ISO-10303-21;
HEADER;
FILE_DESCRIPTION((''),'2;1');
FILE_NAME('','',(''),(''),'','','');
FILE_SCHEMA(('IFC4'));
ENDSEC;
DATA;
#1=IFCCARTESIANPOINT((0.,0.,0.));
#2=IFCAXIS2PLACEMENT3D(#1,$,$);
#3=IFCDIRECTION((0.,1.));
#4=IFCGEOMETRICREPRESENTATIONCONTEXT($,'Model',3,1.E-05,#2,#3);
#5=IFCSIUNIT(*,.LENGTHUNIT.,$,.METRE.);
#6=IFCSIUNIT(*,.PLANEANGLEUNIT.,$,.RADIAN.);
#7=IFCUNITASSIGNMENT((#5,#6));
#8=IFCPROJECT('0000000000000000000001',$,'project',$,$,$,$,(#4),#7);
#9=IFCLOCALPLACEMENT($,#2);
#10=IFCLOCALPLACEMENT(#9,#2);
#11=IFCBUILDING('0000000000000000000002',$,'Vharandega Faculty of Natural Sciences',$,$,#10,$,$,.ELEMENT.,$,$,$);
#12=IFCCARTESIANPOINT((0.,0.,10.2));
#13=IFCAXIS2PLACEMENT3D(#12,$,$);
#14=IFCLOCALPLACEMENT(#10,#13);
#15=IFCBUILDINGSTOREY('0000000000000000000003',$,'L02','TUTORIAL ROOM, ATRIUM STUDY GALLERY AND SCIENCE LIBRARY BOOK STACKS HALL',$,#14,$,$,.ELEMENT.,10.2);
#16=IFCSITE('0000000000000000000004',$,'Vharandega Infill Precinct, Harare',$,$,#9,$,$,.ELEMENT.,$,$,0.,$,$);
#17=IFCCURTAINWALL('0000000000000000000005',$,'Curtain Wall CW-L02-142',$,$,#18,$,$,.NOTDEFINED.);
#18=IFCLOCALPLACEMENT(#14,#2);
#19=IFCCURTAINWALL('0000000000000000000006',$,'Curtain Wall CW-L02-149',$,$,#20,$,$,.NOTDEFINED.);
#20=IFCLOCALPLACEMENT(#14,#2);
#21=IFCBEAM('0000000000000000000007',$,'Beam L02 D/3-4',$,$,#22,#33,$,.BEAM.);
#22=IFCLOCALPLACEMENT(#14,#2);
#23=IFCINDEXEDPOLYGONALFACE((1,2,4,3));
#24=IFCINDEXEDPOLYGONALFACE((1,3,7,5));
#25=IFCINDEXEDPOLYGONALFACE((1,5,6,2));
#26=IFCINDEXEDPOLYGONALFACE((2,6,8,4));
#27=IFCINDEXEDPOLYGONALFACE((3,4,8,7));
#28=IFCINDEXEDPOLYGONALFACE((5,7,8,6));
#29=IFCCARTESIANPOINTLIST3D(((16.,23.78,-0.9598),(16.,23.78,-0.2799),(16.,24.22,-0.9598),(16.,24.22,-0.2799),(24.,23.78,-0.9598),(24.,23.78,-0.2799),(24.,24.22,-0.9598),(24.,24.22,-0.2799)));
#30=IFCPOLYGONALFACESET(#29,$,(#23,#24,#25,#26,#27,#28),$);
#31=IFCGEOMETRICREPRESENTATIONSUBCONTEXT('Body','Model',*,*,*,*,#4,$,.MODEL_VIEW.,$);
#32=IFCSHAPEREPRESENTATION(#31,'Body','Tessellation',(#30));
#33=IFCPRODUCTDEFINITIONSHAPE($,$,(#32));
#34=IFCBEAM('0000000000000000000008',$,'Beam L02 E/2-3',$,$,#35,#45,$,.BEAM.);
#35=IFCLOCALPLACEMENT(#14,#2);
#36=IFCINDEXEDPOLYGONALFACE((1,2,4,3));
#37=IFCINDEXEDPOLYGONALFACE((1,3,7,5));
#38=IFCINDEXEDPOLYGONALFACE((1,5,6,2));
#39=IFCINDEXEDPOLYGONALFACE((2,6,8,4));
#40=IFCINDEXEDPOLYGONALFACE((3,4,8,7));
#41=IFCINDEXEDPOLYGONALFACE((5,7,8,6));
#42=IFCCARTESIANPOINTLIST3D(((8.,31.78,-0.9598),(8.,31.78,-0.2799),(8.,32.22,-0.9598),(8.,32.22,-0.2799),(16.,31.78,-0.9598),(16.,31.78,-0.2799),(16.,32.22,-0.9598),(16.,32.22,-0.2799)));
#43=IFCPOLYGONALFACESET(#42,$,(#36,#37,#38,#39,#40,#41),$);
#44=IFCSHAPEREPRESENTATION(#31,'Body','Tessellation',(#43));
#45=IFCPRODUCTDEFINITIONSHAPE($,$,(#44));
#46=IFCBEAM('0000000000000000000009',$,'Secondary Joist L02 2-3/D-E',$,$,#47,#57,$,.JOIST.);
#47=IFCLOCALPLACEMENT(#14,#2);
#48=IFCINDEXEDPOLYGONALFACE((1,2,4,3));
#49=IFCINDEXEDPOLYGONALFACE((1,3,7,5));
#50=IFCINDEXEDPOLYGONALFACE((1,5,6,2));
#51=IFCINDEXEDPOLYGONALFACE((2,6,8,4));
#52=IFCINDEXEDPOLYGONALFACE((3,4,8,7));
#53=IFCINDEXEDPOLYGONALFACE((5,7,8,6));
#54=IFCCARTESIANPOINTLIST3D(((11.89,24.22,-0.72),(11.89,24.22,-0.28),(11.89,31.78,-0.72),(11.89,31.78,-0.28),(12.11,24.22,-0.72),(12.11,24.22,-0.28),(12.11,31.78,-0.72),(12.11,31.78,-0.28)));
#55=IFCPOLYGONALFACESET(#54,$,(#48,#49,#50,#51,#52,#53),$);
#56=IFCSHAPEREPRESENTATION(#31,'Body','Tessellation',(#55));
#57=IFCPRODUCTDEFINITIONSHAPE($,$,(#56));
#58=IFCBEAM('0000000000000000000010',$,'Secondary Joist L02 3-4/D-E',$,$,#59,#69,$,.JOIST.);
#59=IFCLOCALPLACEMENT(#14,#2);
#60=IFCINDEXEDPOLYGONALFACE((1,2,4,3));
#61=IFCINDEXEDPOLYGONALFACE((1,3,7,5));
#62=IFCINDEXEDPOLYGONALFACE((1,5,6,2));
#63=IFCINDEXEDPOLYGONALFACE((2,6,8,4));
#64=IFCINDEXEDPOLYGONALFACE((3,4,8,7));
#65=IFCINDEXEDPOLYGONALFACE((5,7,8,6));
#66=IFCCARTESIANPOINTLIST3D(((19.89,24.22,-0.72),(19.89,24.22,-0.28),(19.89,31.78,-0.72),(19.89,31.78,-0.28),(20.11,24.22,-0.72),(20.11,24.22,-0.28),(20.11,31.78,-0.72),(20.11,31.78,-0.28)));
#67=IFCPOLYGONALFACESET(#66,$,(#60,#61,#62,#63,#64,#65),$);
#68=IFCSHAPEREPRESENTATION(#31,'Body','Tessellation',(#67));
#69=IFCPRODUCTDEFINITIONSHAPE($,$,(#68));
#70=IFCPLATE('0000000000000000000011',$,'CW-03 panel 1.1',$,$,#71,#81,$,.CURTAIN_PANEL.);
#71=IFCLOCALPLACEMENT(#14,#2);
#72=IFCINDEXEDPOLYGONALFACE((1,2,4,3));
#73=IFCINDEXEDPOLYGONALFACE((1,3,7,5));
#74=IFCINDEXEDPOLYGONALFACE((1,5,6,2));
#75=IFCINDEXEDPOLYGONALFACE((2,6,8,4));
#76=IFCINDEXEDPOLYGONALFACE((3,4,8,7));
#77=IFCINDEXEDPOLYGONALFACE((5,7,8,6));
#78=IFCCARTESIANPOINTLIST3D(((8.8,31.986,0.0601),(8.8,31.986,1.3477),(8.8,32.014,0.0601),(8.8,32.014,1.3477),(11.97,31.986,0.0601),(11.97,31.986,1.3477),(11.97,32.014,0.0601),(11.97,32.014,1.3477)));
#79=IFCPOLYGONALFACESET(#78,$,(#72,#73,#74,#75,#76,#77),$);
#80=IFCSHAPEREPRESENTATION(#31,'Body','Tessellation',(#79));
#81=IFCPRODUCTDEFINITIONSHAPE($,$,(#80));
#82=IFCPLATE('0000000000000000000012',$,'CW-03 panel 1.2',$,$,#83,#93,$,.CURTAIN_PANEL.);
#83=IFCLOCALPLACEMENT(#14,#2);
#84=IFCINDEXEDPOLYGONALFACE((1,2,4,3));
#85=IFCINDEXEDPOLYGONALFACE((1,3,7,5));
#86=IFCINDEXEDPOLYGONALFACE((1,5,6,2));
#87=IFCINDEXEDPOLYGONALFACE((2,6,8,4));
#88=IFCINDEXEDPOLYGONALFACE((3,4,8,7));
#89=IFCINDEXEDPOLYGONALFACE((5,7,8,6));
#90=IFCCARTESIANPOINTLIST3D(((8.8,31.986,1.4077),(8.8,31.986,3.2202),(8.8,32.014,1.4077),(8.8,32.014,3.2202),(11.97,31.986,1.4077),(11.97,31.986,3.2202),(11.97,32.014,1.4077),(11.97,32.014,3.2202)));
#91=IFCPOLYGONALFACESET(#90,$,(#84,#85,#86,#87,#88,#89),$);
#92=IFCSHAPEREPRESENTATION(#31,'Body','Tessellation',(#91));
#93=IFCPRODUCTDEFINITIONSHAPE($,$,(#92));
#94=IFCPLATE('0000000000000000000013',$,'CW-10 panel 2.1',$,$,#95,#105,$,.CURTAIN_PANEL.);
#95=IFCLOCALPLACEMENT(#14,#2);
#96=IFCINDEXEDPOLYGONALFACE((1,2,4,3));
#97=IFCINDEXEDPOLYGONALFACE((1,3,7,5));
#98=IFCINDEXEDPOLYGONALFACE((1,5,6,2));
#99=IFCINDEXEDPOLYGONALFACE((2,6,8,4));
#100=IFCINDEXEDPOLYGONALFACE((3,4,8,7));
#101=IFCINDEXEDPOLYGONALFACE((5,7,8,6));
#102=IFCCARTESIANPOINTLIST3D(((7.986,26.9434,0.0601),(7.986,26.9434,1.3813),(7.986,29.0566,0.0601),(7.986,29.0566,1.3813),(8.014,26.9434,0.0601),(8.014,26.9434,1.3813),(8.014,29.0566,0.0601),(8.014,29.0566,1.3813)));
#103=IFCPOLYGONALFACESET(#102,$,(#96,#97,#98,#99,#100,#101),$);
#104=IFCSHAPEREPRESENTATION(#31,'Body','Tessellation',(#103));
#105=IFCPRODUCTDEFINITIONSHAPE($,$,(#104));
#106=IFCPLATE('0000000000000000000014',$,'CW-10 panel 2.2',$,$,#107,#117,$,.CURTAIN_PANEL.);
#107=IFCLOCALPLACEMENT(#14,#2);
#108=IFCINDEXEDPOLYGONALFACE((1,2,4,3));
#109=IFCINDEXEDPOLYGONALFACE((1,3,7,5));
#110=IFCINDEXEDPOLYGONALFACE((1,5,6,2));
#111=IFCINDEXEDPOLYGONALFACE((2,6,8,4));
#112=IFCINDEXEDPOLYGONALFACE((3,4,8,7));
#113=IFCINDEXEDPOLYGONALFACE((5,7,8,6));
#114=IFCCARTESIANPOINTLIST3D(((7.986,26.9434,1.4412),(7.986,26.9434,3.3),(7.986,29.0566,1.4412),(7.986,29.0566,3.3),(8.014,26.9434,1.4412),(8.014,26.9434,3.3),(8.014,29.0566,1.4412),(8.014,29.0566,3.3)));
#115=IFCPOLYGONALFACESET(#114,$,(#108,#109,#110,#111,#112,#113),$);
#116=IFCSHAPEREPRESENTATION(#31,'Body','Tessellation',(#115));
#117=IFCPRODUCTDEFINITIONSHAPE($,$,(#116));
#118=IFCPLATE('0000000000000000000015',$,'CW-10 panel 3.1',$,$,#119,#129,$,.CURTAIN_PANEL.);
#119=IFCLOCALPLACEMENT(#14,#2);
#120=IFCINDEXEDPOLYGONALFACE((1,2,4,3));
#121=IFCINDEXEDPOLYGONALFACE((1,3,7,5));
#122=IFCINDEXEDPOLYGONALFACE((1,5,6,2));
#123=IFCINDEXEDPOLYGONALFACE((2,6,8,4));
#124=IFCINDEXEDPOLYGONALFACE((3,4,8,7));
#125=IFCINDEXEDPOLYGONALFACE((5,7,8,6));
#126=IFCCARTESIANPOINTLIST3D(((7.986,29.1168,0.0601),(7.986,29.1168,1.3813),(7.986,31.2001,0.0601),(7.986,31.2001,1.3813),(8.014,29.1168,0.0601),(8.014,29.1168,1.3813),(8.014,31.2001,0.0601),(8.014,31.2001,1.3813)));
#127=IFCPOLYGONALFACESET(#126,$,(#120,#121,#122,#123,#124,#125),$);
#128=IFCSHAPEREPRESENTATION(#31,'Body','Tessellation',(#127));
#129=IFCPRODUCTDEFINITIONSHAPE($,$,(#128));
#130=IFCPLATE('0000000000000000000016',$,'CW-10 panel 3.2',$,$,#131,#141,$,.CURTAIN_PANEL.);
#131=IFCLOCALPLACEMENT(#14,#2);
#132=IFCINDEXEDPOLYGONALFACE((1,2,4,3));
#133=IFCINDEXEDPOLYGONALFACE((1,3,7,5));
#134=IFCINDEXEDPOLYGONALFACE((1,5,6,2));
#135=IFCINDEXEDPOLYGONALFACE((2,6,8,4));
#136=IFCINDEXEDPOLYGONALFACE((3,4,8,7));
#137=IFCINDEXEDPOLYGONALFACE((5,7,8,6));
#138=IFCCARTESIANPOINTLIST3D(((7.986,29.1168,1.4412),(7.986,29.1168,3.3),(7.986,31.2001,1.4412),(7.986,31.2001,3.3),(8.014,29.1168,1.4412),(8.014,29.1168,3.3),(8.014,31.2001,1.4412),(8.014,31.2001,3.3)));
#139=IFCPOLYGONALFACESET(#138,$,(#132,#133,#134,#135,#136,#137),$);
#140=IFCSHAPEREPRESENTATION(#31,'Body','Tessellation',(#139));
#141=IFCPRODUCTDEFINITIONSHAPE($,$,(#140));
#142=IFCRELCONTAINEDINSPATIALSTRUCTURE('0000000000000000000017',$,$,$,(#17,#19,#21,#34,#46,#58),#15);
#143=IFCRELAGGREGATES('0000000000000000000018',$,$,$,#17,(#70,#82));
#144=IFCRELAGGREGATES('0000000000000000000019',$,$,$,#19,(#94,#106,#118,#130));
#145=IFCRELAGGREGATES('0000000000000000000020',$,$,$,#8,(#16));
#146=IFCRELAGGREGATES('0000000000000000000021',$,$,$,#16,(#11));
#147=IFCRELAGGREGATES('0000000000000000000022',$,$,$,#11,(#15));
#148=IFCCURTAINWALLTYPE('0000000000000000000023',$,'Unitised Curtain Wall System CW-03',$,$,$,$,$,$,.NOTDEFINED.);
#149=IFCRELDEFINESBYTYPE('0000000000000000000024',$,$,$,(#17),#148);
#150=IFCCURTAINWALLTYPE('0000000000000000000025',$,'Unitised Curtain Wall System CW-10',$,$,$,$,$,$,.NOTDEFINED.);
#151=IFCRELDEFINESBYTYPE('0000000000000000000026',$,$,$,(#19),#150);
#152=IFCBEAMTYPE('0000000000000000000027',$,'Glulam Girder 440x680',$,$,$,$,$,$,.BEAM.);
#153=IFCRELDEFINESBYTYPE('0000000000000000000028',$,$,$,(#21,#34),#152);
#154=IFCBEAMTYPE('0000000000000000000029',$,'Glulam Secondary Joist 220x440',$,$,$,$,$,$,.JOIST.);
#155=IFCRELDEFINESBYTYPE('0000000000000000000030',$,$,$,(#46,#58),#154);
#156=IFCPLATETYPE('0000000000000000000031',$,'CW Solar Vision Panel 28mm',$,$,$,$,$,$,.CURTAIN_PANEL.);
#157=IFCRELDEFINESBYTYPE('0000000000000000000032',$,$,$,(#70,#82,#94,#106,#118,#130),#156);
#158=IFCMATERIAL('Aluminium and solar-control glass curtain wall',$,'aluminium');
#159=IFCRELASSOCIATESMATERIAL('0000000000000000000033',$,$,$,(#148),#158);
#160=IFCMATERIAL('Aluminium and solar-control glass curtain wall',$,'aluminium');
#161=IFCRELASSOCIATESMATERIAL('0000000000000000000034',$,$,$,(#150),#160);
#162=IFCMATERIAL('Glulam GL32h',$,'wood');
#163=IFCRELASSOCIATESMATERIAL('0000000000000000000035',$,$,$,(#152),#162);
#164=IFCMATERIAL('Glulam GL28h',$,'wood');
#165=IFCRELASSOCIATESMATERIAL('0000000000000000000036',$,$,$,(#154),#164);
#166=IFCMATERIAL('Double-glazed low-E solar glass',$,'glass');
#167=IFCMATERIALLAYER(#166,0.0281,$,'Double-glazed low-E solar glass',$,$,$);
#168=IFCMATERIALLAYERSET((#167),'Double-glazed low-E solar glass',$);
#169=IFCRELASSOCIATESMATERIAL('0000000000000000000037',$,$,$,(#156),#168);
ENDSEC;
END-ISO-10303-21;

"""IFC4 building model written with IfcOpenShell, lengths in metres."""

from ifc_helpers import new_model, si_unit, direction, frame, origin, origin_2d, place, context, subcontext, project, spatial, rectangle, extrude, material, layer, layer_set, material_profile, profile_set, type_object, element, aggregate, save


model = new_model("IFC4")

# Units and contexts
model_context = context("Model", 3, precision=1e-05, world=origin(), true_north=direction((0.0, 1.0)))
body_context = subcontext(model_context, "Body", "Model", "MODEL_VIEW")
ifc_project = project(units=[si_unit("LENGTHUNIT", "METRE"), si_unit("PLANEANGLEUNIT", "RADIAN")], contexts=[model_context])

# Site, building, storey
site_placement = place(None, origin())
site = spatial("IfcSite", under=ifc_project, at=site_placement, Name="Vharandega Infill Precinct, Harare", CompositionType="ELEMENT", RefElevation=0.0)
building_placement = place(site_placement, origin())
building = spatial("IfcBuilding", under=site, at=building_placement, Name="Vharandega Faculty of Natural Sciences", CompositionType="ELEMENT")
storey_placement = place(building_placement, frame((0.0, 0.0, 10.2)))
storey = spatial("IfcBuildingStorey", under=building, at=storey_placement, Name="L02", Description="TUTORIAL ROOM, ATRIUM STUDY GALLERY AND SCIENCE LIBRARY BOOK STACKS HALL", CompositionType="ELEMENT", Elevation=10.2)

# Curtain wall
ifc_material_1 = material(Name="Aluminium and solar-control glass curtain wall", Category="aluminium")
curtain_wall_type_1 = type_object("IfcCurtainWallType", Name="Unitised Curtain Wall System CW-03", PredefinedType="NOTDEFINED", material=ifc_material_1)
curtain_wall_1_placement = place(storey_placement, origin())
curtain_wall_1 = element("IfcCurtainWall", 1, at=curtain_wall_1_placement, inside=storey, type_object=curtain_wall_type_1, Name="Curtain Wall CW-L02-142", PredefinedType="NOTDEFINED")

# Curtain wall
ifc_material_2 = material(Name="Aluminium and solar-control glass curtain wall", Category="aluminium")
curtain_wall_type_2 = type_object("IfcCurtainWallType", Name="Unitised Curtain Wall System CW-10", PredefinedType="NOTDEFINED", material=ifc_material_2)
curtain_wall_2_placement = place(storey_placement, origin())
curtain_wall_2 = element("IfcCurtainWall", 2, at=curtain_wall_2_placement, inside=storey, type_object=curtain_wall_type_2, Name="Curtain Wall CW-L02-149", PredefinedType="NOTDEFINED")

# Beams
ifc_material_3 = material(Name="Glulam GL32h", Category="wood")
ifc_material_profile_1 = material_profile(ifc_material_3, rectangle(XDim=0.4399, YDim=0.6799, at=origin_2d()), Name="GL32h 440x680")
ifc_profile_set_1 = profile_set([ifc_material_profile_1], Name="Glulam GL32h")
beam_type_1 = type_object("IfcBeamType", Name="Glulam Girder 440x680", PredefinedType="BEAM", material=ifc_profile_set_1)
for number, where, z_axis, x_axis, name in (
    (3, (16.0, 24.0, -0.6199), (1.0, 0.0, 0.0), (0.0, 1.0, 0.0), "Beam L02 D/3-4"),
    (4, (8.0, 32.0, -0.6199), (1.0, 0.0, 0.0), (0.0, 1.0, 0.0), "Beam L02 E/2-3"),
):
    element("IfcBeam", number, at=place(storey_placement, frame(where, z_axis=z_axis, x_axis=x_axis)), inside=storey, type_object=beam_type_1, Name=name, PredefinedType="BEAM", context=body_context, shape_type="SweptSolid", body=[
        extrude(rectangle(XDim=0.4399, YDim=0.6799, at=origin_2d()), origin(), (0.0, 0.0, 1.0), 8.0),
    ])
ifc_material_4 = material(Name="Glulam GL28h", Category="wood")
ifc_material_profile_2 = material_profile(ifc_material_4, rectangle(XDim=0.22, YDim=0.4399, at=origin_2d()), Name="GL28h 220x440")
ifc_profile_set_2 = profile_set([ifc_material_profile_2], Name="Glulam GL28h")
beam_type_2 = type_object("IfcBeamType", Name="Glulam Secondary Joist 220x440", PredefinedType="JOIST", material=ifc_profile_set_2)
for number, where, z_axis, x_axis, name in (
    (5, (12.0, 24.22, -0.5), (0.0, 1.0, 0.0), (-1.0, 0.0, 0.0), "Secondary Joist L02 2-3/D-E"),
    (6, (20.0, 24.22, -0.5), (0.0, 1.0, 0.0), (-1.0, 0.0, 0.0), "Secondary Joist L02 3-4/D-E"),
):
    element("IfcBeam", number, at=place(storey_placement, frame(where, z_axis=z_axis, x_axis=x_axis)), inside=storey, type_object=beam_type_2, Name=name, PredefinedType="JOIST", context=body_context, shape_type="SweptSolid", body=[
        extrude(rectangle(XDim=0.22, YDim=0.4399, at=origin_2d()), origin(), (0.0, 0.0, 1.0), 7.5601),
    ])

# Plates
ifc_material_5 = material(Name="Double-glazed low-E solar glass", Category="glass")
ifc_layer = layer(ifc_material_5, 0.0281, Name="Double-glazed low-E solar glass")
ifc_layer_set = layer_set([ifc_layer], Name="Double-glazed low-E solar glass")
plate_type = type_object("IfcPlateType", Name="CW Solar Vision Panel 28mm", PredefinedType="CURTAIN_PANEL", material=ifc_layer_set)
plate_1_placement = place(storey_placement, frame((10.385, 32.0, 0.0601), z_axis=(0.0, 0.0, 1.0), x_axis=(1.0, 0.0, 0.0)))
plate_1 = element("IfcPlate", 7, at=plate_1_placement, type_object=plate_type, Name="CW-03 panel 1.1", PredefinedType="CURTAIN_PANEL", context=body_context, shape_type="SweptSolid", body=[
    extrude(rectangle(XDim=3.1699, YDim=0.0281, at=origin_2d()), origin(), (0.0, 0.0, 1.0), 1.2876),
])
plate_2_placement = place(storey_placement, frame((10.385, 32.0, 1.4077), z_axis=(0.0, 0.0, 1.0), x_axis=(1.0, 0.0, 0.0)))
plate_2 = element("IfcPlate", 8, at=plate_2_placement, type_object=plate_type, Name="CW-03 panel 1.2", PredefinedType="CURTAIN_PANEL", context=body_context, shape_type="SweptSolid", body=[
    extrude(rectangle(XDim=3.1699, YDim=0.0281, at=origin_2d()), origin(), (0.0, 0.0, 1.0), 1.8125),
])
aggregate(curtain_wall_1, [plate_1, plate_2])
plate_3_placement = place(storey_placement, frame((8.0, 28.0, 0.0601), z_axis=(0.0, 0.0, 1.0), x_axis=(0.0, 1.0, 0.0)))
plate_3 = element("IfcPlate", 9, at=plate_3_placement, type_object=plate_type, Name="CW-10 panel 2.1", PredefinedType="CURTAIN_PANEL", context=body_context, shape_type="SweptSolid", body=[
    extrude(rectangle(XDim=2.1133, YDim=0.0281, at=origin_2d()), origin(), (0.0, 0.0, 1.0), 1.3213),
])
plate_4_placement = place(storey_placement, frame((8.0, 28.0, 1.4412), z_axis=(0.0, 0.0, 1.0), x_axis=(0.0, 1.0, 0.0)))
plate_4 = element("IfcPlate", 10, at=plate_4_placement, type_object=plate_type, Name="CW-10 panel 2.2", PredefinedType="CURTAIN_PANEL", context=body_context, shape_type="SweptSolid", body=[
    extrude(rectangle(XDim=2.1133, YDim=0.0281, at=origin_2d()), origin(), (0.0, 0.0, 1.0), 1.8589),
])
plate_5_placement = place(storey_placement, frame((8.0, 30.1584, 0.0601), z_axis=(0.0, 0.0, 1.0), x_axis=(0.0, 1.0, 0.0)))
plate_5 = element("IfcPlate", 11, at=plate_5_placement, type_object=plate_type, Name="CW-10 panel 3.1", PredefinedType="CURTAIN_PANEL", context=body_context, shape_type="SweptSolid", body=[
    extrude(rectangle(XDim=2.0833, YDim=0.0281, at=origin_2d()), origin(), (0.0, 0.0, 1.0), 1.3213),
])
plate_6_placement = place(storey_placement, frame((8.0, 30.1584, 1.4412), z_axis=(0.0, 0.0, 1.0), x_axis=(0.0, 1.0, 0.0)))
plate_6 = element("IfcPlate", 12, at=plate_6_placement, type_object=plate_type, Name="CW-10 panel 3.2", PredefinedType="CURTAIN_PANEL", context=body_context, shape_type="SweptSolid", body=[
    extrude(rectangle(XDim=2.0833, YDim=0.0281, at=origin_2d()), origin(), (0.0, 0.0, 1.0), 1.8589),
])
aggregate(curtain_wall_2, [plate_3, plate_4, plate_5, plate_6])

save(model, "model.ifc")
